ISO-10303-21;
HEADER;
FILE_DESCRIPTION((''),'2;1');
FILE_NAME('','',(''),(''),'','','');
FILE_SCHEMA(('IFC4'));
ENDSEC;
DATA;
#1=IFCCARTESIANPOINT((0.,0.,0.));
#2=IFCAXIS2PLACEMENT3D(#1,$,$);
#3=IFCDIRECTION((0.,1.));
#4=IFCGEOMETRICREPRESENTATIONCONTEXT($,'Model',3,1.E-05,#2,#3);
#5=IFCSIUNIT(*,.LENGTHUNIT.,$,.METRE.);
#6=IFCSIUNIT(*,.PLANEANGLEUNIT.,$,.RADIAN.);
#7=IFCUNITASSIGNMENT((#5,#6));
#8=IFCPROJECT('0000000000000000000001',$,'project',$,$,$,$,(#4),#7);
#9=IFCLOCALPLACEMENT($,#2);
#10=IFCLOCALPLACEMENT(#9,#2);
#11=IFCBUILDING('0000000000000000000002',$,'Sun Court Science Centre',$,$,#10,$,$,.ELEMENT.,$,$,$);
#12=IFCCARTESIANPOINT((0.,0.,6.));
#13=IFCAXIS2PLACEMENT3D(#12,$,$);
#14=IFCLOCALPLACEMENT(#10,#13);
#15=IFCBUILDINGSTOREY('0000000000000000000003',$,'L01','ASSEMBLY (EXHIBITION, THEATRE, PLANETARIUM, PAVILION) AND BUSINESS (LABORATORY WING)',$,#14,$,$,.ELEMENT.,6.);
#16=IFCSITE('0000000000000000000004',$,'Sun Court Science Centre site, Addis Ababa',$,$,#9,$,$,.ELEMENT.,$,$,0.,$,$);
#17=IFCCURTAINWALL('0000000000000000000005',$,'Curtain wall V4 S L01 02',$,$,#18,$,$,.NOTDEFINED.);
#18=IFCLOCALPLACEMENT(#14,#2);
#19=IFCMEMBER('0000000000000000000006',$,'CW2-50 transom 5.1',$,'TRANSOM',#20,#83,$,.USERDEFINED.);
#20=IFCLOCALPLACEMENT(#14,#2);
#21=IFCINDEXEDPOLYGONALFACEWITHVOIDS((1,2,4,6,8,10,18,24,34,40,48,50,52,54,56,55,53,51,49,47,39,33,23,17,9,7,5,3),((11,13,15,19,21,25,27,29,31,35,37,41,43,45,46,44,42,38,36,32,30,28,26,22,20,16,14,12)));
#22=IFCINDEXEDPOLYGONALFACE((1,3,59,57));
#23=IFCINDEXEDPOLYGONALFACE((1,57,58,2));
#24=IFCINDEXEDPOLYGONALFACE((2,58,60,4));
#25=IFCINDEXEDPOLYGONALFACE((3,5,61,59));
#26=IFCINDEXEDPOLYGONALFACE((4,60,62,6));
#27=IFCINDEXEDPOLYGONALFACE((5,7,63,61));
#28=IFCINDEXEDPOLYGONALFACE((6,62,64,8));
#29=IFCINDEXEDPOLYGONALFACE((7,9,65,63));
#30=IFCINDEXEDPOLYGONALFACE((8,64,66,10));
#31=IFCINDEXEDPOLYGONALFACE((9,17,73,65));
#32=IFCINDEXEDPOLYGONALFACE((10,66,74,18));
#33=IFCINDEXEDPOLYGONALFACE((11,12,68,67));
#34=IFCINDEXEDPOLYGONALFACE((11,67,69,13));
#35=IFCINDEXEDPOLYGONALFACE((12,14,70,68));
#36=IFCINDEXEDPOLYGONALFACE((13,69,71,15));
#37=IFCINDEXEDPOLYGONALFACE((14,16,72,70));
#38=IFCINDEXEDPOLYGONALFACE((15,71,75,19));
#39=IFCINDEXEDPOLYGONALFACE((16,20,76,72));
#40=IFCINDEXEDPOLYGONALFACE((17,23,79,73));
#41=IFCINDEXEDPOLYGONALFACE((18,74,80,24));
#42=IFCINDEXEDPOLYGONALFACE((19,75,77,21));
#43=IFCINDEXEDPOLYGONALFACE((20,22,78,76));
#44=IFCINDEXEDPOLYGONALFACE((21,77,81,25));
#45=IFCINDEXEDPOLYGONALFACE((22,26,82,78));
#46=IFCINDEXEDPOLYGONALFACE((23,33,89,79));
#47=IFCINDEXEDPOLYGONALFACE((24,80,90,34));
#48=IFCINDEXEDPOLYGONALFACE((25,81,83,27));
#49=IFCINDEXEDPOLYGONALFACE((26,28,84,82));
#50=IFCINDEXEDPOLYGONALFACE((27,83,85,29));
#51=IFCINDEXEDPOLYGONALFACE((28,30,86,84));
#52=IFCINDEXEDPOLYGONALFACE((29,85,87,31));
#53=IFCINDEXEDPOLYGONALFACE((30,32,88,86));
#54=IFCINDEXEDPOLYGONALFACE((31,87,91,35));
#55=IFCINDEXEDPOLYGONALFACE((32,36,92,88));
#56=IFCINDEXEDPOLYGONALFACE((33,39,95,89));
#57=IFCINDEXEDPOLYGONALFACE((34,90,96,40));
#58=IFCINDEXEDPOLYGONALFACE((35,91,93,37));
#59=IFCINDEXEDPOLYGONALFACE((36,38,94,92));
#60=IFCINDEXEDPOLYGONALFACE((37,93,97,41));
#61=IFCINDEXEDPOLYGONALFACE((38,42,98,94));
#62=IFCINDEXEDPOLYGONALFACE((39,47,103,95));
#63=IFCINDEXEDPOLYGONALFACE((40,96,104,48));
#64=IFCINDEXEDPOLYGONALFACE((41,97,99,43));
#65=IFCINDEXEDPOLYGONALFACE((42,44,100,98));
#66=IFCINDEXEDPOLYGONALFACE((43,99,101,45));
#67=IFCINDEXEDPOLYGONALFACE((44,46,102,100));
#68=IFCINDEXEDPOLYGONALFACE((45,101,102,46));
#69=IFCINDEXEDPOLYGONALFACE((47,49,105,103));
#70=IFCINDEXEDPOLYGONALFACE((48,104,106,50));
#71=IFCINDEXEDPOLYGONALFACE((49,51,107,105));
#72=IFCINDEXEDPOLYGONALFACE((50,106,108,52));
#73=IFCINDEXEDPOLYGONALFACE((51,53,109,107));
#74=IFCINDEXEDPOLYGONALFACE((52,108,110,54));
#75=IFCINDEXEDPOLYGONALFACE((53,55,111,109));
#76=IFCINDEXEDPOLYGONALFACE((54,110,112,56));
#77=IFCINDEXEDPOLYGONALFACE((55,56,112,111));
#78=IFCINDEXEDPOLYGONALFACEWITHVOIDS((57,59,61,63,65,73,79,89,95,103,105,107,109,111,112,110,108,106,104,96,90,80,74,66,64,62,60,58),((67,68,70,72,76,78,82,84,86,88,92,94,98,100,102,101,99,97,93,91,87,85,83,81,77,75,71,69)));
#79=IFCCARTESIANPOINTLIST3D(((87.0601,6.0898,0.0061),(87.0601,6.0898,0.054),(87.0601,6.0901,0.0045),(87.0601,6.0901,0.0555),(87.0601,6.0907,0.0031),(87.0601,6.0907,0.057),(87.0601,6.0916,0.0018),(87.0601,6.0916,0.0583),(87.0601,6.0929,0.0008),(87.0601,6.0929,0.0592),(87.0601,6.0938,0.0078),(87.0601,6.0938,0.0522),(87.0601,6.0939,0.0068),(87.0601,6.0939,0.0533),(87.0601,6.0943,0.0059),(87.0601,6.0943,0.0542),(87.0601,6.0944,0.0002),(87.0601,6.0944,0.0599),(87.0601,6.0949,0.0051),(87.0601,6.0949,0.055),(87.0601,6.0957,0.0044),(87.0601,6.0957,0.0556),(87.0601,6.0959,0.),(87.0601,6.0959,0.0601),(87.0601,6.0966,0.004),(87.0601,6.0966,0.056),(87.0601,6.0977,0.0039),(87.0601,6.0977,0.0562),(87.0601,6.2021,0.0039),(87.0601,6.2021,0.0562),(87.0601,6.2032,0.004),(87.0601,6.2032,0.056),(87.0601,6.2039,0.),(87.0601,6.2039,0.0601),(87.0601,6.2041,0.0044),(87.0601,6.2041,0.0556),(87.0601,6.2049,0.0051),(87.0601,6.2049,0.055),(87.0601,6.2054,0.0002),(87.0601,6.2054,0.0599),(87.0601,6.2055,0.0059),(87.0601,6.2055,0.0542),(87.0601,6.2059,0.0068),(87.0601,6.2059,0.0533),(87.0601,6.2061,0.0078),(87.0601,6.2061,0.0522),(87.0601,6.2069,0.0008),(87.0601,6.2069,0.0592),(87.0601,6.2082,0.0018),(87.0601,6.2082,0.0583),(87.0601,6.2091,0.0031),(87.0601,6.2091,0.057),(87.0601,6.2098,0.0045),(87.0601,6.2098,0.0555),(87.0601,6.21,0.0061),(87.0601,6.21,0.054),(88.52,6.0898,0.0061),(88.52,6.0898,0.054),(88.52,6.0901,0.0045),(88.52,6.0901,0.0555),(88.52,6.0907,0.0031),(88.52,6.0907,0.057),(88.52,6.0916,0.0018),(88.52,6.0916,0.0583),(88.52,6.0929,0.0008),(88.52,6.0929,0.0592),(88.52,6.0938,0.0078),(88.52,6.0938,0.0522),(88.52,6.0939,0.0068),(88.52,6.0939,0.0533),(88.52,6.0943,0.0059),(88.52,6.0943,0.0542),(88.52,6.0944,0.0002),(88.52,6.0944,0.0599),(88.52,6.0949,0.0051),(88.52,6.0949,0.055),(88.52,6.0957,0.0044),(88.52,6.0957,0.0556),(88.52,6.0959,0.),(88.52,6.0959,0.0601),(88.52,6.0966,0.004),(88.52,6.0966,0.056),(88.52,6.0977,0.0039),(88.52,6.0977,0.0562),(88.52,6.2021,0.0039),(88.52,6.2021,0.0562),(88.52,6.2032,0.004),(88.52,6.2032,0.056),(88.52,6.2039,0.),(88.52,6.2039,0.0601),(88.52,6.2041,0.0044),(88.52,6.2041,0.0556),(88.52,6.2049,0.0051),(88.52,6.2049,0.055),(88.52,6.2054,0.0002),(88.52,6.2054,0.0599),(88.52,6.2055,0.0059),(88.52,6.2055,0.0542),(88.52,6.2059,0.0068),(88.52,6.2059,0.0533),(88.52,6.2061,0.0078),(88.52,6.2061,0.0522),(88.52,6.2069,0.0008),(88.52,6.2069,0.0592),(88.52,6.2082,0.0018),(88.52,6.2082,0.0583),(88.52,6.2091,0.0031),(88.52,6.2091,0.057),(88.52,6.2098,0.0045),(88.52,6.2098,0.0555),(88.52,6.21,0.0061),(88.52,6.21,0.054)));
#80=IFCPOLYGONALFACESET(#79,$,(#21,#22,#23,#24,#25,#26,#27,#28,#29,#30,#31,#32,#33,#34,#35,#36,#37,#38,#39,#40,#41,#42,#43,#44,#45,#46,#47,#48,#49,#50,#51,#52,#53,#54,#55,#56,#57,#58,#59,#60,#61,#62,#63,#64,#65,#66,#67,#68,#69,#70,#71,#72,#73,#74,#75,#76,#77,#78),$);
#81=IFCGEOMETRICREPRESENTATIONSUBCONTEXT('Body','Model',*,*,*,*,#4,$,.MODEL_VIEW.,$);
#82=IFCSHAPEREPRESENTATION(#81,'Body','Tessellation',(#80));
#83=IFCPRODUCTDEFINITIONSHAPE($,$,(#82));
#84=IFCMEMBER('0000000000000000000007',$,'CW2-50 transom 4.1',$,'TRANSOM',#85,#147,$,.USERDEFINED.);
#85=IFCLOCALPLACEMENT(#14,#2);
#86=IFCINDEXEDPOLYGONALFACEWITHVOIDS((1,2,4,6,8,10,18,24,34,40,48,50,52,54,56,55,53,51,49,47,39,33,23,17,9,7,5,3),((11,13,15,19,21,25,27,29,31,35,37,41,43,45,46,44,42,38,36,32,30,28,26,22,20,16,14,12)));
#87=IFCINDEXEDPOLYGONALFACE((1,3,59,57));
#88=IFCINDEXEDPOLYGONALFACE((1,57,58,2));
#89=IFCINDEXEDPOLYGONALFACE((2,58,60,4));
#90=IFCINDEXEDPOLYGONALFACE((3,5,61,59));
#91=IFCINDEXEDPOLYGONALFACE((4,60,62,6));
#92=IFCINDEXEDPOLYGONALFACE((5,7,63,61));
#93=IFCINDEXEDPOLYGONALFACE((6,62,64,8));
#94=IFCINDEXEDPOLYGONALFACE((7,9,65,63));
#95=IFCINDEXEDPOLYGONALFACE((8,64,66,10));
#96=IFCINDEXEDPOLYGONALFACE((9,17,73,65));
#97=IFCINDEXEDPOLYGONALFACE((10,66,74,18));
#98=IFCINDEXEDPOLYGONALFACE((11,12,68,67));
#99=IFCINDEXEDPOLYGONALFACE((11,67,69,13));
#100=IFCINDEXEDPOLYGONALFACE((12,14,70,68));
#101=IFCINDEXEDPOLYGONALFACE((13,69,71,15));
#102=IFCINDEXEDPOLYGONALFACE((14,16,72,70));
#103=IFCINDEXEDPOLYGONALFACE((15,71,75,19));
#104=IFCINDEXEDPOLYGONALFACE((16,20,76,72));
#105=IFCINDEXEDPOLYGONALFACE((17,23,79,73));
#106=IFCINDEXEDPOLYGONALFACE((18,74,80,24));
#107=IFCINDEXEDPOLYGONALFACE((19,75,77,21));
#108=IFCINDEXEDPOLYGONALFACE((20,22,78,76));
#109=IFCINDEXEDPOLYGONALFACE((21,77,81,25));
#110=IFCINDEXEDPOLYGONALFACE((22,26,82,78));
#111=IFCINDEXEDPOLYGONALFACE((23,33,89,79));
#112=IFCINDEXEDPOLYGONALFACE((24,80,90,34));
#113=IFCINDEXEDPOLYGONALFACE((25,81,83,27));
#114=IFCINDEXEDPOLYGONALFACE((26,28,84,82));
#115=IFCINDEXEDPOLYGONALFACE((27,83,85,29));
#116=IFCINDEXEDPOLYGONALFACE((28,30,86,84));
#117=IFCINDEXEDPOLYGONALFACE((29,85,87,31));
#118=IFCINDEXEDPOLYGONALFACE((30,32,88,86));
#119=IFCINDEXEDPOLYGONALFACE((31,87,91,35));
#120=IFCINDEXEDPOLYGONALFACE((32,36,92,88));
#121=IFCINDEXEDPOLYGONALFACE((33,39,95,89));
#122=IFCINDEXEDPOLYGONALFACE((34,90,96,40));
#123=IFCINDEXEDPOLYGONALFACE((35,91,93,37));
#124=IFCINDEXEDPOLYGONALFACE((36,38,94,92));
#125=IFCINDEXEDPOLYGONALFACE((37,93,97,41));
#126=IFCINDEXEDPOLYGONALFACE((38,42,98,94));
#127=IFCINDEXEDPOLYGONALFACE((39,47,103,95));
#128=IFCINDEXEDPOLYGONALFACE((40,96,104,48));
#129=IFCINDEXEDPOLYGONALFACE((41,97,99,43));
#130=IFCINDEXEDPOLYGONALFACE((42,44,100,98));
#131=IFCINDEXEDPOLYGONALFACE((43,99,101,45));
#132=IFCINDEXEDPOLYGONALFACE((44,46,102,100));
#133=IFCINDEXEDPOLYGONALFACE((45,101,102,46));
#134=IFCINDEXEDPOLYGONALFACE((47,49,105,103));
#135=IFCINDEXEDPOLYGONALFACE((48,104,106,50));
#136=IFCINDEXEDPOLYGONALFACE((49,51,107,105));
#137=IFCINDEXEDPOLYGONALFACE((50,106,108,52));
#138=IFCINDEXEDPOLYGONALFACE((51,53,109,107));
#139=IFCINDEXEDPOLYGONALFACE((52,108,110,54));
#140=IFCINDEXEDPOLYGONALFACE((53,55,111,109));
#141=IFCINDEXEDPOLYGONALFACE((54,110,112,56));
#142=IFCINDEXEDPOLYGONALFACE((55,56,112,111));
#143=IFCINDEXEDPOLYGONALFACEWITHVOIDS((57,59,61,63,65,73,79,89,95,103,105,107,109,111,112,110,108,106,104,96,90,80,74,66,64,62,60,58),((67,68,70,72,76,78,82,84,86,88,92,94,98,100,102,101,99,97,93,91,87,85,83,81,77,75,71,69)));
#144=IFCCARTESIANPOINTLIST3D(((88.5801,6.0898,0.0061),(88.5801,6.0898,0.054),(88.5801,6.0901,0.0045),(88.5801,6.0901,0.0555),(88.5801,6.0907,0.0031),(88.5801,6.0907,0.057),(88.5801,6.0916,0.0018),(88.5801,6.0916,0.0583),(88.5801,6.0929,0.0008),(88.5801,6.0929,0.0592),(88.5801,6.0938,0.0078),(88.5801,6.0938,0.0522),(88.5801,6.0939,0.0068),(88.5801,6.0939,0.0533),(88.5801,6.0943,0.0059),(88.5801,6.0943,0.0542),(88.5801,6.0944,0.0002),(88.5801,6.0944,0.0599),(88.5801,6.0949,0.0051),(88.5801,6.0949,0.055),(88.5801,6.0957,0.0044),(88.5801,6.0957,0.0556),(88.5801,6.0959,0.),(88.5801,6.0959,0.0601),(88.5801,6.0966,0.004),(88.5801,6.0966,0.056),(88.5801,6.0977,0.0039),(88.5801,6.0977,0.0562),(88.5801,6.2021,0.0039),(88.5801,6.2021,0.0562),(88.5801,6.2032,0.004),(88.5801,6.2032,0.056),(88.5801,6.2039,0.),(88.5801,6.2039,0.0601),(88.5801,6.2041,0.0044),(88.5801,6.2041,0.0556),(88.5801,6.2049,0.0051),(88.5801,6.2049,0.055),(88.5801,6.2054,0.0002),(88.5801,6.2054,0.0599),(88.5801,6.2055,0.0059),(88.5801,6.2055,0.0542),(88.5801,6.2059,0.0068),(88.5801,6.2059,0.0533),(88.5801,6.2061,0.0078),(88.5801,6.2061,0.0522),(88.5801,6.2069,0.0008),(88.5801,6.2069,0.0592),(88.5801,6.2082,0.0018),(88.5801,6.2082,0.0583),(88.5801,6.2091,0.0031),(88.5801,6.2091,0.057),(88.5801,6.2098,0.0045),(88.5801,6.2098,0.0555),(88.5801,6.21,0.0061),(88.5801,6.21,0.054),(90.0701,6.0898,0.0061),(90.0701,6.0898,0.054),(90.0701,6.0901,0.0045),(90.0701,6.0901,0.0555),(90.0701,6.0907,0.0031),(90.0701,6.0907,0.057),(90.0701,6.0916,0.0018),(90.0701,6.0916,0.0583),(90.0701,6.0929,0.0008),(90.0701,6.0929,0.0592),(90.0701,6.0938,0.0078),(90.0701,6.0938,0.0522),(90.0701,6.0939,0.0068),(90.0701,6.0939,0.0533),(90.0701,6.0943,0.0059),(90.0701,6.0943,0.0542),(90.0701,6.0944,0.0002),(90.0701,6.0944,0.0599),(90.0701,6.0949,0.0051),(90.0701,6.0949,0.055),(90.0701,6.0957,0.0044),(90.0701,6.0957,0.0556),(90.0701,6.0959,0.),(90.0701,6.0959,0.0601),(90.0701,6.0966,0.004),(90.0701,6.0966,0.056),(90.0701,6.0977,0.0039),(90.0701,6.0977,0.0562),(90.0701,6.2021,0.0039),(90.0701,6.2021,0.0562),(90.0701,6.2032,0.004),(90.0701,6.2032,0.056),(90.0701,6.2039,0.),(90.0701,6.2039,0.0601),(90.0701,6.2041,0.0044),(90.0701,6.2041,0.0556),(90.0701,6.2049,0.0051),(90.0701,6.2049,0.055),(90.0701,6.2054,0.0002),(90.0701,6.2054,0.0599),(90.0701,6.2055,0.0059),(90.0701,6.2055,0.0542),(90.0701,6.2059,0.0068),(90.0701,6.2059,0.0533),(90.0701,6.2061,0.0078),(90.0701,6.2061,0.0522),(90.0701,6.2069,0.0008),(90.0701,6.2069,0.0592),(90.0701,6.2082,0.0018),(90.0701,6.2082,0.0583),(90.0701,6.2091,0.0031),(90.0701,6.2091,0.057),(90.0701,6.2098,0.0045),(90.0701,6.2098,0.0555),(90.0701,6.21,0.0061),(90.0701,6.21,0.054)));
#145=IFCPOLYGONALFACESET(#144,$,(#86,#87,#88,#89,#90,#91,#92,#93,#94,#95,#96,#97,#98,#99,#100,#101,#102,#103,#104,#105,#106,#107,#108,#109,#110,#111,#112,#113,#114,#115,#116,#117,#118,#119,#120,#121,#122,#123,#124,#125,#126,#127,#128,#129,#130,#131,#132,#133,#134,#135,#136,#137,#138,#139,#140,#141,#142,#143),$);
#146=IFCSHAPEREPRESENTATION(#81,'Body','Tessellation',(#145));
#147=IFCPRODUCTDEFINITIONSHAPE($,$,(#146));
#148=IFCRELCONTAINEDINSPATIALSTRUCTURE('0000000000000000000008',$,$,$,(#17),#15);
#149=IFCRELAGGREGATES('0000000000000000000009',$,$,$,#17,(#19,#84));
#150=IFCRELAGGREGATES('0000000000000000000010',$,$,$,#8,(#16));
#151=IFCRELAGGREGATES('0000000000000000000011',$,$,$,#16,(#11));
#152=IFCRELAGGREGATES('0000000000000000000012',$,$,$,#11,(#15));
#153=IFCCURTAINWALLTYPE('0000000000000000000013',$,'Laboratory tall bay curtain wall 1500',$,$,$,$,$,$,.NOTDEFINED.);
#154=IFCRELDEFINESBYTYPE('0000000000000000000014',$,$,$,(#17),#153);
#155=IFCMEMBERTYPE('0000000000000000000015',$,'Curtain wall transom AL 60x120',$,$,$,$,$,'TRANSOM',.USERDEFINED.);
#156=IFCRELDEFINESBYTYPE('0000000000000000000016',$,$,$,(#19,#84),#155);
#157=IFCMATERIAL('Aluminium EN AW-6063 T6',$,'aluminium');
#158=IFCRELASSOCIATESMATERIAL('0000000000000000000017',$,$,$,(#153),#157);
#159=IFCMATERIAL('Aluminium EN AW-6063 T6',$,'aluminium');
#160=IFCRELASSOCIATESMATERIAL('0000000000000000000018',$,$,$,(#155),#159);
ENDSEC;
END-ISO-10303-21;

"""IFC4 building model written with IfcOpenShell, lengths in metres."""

from ifc_helpers import new_model, si_unit, direction, frame, origin, origin_2d, place, context, subcontext, project, spatial, hollow_rectangle, extrude, material, material_profile, profile_set, type_object, element, aggregate, save


model = new_model("IFC4")

# Units and contexts
model_context = context("Model", 3, precision=1e-05, world=origin(), true_north=direction((0.0, 1.0)))
body_context = subcontext(model_context, "Body", "Model", "MODEL_VIEW")
ifc_project = project(units=[si_unit("LENGTHUNIT", "METRE"), si_unit("PLANEANGLEUNIT", "RADIAN")], contexts=[model_context])

# Site, building, storey
site_placement = place(None, origin())
site = spatial("IfcSite", under=ifc_project, at=site_placement, Name="Sun Court Science Centre site, Addis Ababa", CompositionType="ELEMENT", RefElevation=0.0)
building_placement = place(site_placement, origin())
building = spatial("IfcBuilding", under=site, at=building_placement, Name="Sun Court Science Centre", CompositionType="ELEMENT")
storey_placement = place(building_placement, frame((0.0, 0.0, 6.0)))
storey = spatial("IfcBuildingStorey", under=building, at=storey_placement, Name="L01", Description="ASSEMBLY (EXHIBITION, THEATRE, PLANETARIUM, PAVILION) AND BUSINESS (LABORATORY WING)", CompositionType="ELEMENT", Elevation=6.0)

# Curtain wall, members
ifc_material_1 = material(Name="Aluminium EN AW-6063 T6", Category="aluminium")
curtain_wall_type = type_object("IfcCurtainWallType", Name="Laboratory tall bay curtain wall 1500", PredefinedType="NOTDEFINED", material=ifc_material_1)
curtain_wall_placement = place(storey_placement, origin())
curtain_wall = element("IfcCurtainWall", 1, at=curtain_wall_placement, inside=storey, type_object=curtain_wall_type, Name="Curtain wall V4 S L01 02", PredefinedType="NOTDEFINED")
ifc_material_2 = material(Name="Aluminium EN AW-6063 T6", Category="aluminium")
ifc_material_profile_1 = material_profile(ifc_material_2, hollow_rectangle(XDim=0.0601, YDim=0.1201, WallThickness=0.0039, InnerFilletRadius=0.0039, OuterFilletRadius=0.0061, at=origin_2d()), Name="AL 60x120x4")
ifc_profile_set_1 = profile_set([ifc_material_profile_1], Name="Aluminium EN AW-6063 T6")
member_type_1 = type_object("IfcMemberType", Name="Curtain wall transom AL 60x120", ElementType="TRANSOM", PredefinedType="USERDEFINED", material=ifc_profile_set_1)
member_1_placement = place(storey_placement, frame((88.52, 6.1499, 0.03), z_axis=(-1.0, 0.0, 0.0), x_axis=(0.0, 0.0, 1.0)))
member_1 = element("IfcMember", 2, at=member_1_placement, type_object=member_type_1, Name="CW2-50 transom 5.1", ObjectType="TRANSOM", PredefinedType="USERDEFINED", context=body_context, shape_type="SweptSolid", body=[
    extrude(hollow_rectangle(XDim=0.0601, YDim=0.1201, WallThickness=0.0039, InnerFilletRadius=0.0039, OuterFilletRadius=0.0061, at=origin_2d()), origin(), (0.0, 0.0, 1.0), 1.46),
])
member_2_placement = place(storey_placement, frame((90.0701, 6.1499, 0.03), z_axis=(-1.0, 0.0, 0.0), x_axis=(0.0, 0.0, 1.0)))
member_2 = element("IfcMember", 3, at=member_2_placement, type_object=member_type_1, Name="CW2-50 transom 4.1", ObjectType="TRANSOM", PredefinedType="USERDEFINED", context=body_context, shape_type="SweptSolid", body=[
    extrude(hollow_rectangle(XDim=0.0601, YDim=0.1201, WallThickness=0.0039, InnerFilletRadius=0.0039, OuterFilletRadius=0.0061, at=origin_2d()), origin(), (0.0, 0.0, 1.0), 1.49),
])

aggregate(curtain_wall, [member_1, member_2])

save(model, "model.ifc")
